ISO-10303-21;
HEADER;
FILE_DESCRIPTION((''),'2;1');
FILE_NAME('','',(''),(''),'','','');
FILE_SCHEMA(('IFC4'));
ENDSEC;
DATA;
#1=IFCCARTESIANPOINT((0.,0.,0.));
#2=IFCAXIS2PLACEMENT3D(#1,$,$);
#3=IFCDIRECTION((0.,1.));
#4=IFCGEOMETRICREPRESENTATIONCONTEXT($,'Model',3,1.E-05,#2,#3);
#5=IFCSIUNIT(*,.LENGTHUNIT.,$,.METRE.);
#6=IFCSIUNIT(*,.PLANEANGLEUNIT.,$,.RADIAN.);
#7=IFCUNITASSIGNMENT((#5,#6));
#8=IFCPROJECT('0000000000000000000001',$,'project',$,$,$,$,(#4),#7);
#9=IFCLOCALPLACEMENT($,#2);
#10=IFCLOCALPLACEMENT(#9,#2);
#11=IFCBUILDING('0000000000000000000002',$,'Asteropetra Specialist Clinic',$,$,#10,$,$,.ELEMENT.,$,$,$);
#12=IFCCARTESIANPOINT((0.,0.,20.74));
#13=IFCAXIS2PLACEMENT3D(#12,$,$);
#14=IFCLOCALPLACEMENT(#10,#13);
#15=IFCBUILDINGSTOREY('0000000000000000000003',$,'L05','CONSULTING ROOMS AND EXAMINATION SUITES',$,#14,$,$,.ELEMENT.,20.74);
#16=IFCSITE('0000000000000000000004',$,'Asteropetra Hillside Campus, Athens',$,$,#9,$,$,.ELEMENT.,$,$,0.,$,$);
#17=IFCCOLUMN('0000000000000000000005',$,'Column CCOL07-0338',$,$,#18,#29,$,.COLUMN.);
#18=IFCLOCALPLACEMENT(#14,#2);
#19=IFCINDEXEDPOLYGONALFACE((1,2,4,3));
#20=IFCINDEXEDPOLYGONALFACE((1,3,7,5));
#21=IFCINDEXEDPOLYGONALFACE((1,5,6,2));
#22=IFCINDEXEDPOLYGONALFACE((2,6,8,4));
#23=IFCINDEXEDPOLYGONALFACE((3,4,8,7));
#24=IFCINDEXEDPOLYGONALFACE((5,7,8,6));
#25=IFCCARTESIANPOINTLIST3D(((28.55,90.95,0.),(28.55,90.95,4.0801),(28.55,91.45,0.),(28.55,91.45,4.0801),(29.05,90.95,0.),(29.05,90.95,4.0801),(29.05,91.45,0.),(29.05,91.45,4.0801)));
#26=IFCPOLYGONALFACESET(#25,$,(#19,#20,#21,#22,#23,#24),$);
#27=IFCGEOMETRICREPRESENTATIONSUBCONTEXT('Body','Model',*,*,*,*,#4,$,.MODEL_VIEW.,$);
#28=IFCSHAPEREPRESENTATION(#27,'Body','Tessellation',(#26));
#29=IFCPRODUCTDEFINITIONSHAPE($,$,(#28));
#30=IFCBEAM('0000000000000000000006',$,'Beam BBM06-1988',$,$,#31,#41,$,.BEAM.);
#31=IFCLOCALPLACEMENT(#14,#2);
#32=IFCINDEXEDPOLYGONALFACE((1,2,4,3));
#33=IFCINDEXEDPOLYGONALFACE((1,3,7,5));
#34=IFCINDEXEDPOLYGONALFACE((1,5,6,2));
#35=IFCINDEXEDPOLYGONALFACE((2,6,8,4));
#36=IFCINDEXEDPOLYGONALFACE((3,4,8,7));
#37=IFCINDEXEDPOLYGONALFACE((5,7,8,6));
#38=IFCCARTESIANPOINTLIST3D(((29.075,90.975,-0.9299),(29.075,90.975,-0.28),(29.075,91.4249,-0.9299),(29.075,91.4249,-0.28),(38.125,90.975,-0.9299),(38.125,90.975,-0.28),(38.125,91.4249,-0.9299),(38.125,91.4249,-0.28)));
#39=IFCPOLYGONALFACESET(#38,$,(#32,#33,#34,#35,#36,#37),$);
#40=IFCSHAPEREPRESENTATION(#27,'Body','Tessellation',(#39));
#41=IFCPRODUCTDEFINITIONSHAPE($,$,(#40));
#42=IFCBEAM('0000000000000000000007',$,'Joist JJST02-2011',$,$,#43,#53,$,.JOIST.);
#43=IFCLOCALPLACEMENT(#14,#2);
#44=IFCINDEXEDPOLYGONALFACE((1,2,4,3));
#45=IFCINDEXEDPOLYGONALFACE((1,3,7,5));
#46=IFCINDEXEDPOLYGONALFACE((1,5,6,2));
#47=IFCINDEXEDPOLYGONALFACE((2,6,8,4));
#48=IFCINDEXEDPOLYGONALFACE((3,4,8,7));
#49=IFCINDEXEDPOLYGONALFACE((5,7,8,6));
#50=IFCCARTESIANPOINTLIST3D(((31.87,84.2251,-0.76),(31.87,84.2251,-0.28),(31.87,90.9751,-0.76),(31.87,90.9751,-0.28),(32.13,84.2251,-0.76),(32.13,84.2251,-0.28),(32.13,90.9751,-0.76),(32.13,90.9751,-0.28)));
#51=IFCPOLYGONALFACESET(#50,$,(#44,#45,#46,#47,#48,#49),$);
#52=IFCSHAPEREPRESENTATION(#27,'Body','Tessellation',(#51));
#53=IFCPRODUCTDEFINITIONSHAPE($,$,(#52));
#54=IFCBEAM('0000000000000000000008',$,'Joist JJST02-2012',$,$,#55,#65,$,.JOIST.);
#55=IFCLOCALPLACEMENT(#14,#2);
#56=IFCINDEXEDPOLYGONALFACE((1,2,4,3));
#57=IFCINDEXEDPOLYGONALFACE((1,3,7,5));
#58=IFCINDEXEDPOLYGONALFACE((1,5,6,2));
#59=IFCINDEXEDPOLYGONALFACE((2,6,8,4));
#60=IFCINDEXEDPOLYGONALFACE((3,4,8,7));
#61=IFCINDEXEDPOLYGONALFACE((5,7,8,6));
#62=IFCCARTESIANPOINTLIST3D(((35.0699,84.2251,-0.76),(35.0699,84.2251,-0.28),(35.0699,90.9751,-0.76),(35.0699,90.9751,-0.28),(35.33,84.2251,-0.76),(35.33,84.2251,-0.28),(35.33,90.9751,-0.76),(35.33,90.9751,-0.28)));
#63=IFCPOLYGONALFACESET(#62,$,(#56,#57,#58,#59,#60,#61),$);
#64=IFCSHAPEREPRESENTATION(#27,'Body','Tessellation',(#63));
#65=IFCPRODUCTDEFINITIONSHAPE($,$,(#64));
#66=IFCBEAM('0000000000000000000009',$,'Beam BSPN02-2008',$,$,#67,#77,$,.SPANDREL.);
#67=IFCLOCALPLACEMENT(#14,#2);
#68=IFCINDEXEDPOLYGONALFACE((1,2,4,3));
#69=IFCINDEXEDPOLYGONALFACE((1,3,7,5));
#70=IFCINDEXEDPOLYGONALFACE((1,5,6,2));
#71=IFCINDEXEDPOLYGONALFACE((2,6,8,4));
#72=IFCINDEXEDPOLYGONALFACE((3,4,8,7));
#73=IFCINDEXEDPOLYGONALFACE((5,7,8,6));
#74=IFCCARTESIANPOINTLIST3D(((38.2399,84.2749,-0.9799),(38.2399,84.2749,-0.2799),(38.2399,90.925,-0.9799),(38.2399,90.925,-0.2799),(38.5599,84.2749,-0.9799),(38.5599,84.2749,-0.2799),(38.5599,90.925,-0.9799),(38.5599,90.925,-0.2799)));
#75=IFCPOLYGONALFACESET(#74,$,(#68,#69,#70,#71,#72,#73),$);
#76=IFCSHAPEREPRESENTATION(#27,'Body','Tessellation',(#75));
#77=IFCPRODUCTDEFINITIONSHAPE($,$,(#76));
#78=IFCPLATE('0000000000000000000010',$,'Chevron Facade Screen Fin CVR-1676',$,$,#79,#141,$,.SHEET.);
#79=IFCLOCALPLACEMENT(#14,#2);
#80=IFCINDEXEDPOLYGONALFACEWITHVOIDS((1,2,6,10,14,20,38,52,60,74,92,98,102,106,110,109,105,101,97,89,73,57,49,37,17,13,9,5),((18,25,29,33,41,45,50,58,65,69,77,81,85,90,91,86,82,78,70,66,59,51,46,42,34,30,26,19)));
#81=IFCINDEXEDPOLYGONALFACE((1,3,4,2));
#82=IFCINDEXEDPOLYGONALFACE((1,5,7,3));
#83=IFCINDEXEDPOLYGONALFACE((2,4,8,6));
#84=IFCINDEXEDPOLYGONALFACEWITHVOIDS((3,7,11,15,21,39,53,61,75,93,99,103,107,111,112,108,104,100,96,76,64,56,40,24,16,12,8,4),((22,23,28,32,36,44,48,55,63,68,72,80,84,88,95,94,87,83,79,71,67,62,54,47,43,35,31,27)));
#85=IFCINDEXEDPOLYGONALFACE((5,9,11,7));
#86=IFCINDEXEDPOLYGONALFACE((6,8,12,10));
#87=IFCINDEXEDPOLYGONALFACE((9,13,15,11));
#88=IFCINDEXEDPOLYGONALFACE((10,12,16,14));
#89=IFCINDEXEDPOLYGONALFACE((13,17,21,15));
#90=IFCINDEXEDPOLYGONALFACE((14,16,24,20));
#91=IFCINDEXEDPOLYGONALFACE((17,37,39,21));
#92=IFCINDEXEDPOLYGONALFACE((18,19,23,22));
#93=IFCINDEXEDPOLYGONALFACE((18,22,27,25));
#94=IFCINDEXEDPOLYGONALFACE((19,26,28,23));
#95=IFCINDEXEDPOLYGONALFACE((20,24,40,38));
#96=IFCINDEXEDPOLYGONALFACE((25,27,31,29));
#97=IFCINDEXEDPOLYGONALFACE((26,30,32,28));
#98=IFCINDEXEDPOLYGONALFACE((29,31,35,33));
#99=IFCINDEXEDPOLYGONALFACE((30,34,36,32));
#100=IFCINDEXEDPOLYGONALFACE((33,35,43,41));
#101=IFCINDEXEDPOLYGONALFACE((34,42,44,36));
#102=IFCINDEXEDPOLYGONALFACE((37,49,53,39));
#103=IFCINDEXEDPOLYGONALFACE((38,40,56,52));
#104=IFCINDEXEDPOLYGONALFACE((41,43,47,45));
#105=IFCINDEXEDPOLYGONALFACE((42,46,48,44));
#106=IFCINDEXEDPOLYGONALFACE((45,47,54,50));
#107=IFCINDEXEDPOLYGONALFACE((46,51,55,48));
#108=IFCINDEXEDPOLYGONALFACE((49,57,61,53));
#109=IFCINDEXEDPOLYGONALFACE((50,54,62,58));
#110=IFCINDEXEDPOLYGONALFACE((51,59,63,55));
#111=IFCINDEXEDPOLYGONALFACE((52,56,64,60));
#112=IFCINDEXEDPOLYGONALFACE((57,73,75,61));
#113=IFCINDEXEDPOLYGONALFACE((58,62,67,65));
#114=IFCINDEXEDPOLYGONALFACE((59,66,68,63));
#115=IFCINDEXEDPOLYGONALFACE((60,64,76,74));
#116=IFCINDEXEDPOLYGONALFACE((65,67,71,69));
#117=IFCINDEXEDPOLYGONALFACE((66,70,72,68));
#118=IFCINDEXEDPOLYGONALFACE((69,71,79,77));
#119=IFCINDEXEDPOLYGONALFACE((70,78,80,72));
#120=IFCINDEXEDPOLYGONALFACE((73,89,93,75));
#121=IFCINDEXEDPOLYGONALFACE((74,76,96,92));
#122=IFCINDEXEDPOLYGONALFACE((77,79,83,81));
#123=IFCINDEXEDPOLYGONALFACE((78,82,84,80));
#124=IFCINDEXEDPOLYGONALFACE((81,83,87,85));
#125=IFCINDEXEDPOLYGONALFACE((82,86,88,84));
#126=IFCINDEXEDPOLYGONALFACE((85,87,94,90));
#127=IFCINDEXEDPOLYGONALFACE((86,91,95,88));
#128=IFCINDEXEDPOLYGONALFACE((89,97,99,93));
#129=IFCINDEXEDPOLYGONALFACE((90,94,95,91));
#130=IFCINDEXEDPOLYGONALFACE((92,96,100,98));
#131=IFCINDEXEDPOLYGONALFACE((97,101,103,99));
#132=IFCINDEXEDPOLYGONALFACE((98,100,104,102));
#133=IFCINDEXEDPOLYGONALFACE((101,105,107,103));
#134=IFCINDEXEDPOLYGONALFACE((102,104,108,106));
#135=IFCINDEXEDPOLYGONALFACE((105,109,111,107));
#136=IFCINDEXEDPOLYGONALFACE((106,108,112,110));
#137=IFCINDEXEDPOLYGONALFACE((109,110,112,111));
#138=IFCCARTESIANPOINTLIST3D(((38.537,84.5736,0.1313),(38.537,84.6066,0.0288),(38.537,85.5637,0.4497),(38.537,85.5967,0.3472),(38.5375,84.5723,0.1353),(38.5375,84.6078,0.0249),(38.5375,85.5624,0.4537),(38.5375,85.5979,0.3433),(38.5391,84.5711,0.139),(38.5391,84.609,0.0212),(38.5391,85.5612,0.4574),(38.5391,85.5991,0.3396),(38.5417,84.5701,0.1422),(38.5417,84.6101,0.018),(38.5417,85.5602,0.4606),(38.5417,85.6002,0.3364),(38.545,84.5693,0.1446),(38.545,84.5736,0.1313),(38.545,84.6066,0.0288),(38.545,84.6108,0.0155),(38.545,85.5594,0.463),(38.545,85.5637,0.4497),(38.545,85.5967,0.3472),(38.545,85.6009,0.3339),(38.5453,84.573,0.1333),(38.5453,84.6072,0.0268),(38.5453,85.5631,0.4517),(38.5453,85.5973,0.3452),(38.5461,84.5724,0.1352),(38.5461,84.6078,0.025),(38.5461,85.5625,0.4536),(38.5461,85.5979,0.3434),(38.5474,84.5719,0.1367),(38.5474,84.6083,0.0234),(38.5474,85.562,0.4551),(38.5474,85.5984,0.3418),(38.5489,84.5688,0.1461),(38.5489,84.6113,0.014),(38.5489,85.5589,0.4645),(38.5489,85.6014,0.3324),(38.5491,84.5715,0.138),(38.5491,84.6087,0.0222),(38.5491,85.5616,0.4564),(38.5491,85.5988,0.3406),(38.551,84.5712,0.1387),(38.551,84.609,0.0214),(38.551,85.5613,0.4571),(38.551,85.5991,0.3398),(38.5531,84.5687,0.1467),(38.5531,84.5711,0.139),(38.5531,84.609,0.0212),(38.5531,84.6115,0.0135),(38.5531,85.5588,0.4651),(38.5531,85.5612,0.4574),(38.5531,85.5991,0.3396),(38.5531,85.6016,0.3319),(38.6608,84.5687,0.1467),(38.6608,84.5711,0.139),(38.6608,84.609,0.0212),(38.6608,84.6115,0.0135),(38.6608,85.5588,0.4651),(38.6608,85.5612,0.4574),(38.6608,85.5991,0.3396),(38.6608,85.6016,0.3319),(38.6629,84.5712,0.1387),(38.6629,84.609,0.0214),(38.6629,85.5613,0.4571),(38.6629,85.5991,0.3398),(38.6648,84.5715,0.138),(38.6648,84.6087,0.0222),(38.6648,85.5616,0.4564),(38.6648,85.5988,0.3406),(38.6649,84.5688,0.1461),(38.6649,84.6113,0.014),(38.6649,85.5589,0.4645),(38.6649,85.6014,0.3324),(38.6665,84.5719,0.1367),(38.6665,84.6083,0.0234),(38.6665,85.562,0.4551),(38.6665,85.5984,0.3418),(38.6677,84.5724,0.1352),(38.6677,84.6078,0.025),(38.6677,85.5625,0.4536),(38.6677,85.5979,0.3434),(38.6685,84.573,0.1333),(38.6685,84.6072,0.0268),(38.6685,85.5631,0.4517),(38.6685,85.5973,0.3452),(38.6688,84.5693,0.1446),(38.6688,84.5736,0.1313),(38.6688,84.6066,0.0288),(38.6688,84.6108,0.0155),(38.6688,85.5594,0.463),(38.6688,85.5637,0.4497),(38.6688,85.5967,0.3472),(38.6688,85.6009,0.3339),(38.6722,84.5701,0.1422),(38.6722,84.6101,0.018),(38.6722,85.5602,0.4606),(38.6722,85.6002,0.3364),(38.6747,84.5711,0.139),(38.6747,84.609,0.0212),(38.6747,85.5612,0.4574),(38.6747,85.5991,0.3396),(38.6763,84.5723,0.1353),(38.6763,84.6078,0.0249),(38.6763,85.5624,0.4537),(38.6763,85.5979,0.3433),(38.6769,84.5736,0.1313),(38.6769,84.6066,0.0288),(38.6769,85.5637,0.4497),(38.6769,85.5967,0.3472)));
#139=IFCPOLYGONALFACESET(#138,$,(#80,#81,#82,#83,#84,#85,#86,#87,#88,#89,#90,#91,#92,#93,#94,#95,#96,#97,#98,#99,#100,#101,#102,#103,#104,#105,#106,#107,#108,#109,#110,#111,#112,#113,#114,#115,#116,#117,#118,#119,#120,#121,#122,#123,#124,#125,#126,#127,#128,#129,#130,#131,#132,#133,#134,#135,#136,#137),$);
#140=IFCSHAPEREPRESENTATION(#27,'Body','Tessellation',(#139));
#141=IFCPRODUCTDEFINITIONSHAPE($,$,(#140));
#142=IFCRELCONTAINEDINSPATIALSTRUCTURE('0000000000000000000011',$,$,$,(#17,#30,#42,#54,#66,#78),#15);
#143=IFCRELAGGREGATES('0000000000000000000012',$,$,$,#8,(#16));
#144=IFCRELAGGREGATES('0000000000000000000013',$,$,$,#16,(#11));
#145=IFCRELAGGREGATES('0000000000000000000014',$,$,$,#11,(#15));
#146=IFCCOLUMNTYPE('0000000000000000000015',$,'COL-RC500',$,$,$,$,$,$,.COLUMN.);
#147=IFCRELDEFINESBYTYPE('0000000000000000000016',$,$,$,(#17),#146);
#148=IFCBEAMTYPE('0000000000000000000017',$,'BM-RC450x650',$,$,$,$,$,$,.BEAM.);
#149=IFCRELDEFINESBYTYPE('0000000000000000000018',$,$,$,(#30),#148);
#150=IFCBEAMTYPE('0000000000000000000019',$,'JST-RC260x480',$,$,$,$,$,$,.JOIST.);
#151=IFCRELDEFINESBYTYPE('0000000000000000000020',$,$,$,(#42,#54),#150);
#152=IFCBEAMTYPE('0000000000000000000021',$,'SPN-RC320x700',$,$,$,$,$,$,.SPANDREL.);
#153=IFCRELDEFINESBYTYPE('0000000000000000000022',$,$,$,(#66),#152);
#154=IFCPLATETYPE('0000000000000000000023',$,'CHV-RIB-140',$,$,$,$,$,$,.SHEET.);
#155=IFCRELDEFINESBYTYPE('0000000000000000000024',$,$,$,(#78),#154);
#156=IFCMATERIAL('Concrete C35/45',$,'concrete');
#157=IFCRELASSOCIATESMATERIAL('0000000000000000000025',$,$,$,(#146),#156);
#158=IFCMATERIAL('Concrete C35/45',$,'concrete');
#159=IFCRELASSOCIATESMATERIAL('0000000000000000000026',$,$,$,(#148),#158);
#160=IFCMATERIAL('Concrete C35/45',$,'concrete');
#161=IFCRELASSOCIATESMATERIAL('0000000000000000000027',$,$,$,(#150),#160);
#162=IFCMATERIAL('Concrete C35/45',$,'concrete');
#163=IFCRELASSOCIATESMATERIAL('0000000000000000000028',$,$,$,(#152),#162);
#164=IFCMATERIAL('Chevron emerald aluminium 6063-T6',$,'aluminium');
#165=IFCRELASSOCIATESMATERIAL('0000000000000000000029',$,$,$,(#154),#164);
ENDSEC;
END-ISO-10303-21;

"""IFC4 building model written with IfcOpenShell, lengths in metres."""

from ifc_helpers import new_model, si_unit, direction, frame, origin, origin_2d, place, context, subcontext, project, spatial, rectangle, hollow_rectangle, extrude, material, material_profile, profile_set, type_object, element, save


model = new_model("IFC4")

# Units and contexts
model_context = context("Model", 3, precision=1e-05, world=origin(), true_north=direction((0.0, 1.0)))
body_context = subcontext(model_context, "Body", "Model", "MODEL_VIEW")
ifc_project = project(units=[si_unit("LENGTHUNIT", "METRE"), si_unit("PLANEANGLEUNIT", "RADIAN")], contexts=[model_context])

# Site, building, storey
site_placement = place(None, origin())
site = spatial("IfcSite", under=ifc_project, at=site_placement, Name="Asteropetra Hillside Campus, Athens", CompositionType="ELEMENT", RefElevation=0.0)
building_placement = place(site_placement, origin())
building = spatial("IfcBuilding", under=site, at=building_placement, Name="Asteropetra Specialist Clinic", CompositionType="ELEMENT")
storey_placement = place(building_placement, frame((0.0, 0.0, 20.74)))
storey = spatial("IfcBuildingStorey", under=building, at=storey_placement, Name="L05", Description="CONSULTING ROOMS AND EXAMINATION SUITES", CompositionType="ELEMENT", Elevation=20.74)

# Column
ifc_material_1 = material(Name="Concrete C35/45", Category="concrete")
ifc_material_profile_1 = material_profile(ifc_material_1, rectangle(XDim=0.5, YDim=0.5, at=origin_2d()), Name="RC 500x500")
ifc_profile_set_1 = profile_set([ifc_material_profile_1], Name="Concrete C35/45")
column_type = type_object("IfcColumnType", Name="COL-RC500", PredefinedType="COLUMN", material=ifc_profile_set_1)
column_placement = place(storey_placement, frame((28.8, 91.2, 0.0), z_axis=(0.0, 0.0, 1.0), x_axis=(1.0, 0.0, 0.0)))
element("IfcColumn", 1, at=column_placement, inside=storey, type_object=column_type, Name="Column CCOL07-0338", PredefinedType="COLUMN", context=body_context, shape_type="SweptSolid", body=[
    extrude(rectangle(XDim=0.5, YDim=0.5, at=origin_2d()), origin(), (0.0, 0.0, 1.0), 4.0801),
])

# Beams
ifc_material_2 = material(Name="Concrete C35/45", Category="concrete")
ifc_material_profile_2 = material_profile(ifc_material_2, rectangle(XDim=0.45, YDim=0.6499, at=origin_2d()), Name="RCB 450x650")
ifc_profile_set_2 = profile_set([ifc_material_profile_2], Name="Concrete C35/45")
beam_type_1 = type_object("IfcBeamType", Name="BM-RC450x650", PredefinedType="BEAM", material=ifc_profile_set_2)
beam_1_placement = place(storey_placement, frame((29.075, 91.2, -0.605), z_axis=(1.0, 0.0, 0.0), x_axis=(0.0, 1.0, 0.0)))
element("IfcBeam", 2, at=beam_1_placement, inside=storey, type_object=beam_type_1, Name="Beam BBM06-1988", PredefinedType="BEAM", context=body_context, shape_type="SweptSolid", body=[
    extrude(rectangle(XDim=0.45, YDim=0.6499, at=origin_2d()), origin(), (0.0, 0.0, 1.0), 9.05),
])
ifc_material_3 = material(Name="Concrete C35/45", Category="concrete")
ifc_material_profile_3 = material_profile(ifc_material_3, rectangle(XDim=0.26, YDim=0.48, at=origin_2d()), Name="RCJ 260x480")
ifc_profile_set_3 = profile_set([ifc_material_profile_3], Name="Concrete C35/45")
beam_type_2 = type_object("IfcBeamType", Name="JST-RC260x480", PredefinedType="JOIST", material=ifc_profile_set_3)
for number, where, z_axis, x_axis, name in (
    (3, (32.0, 84.2251, -0.52), (0.0, 1.0, 0.0), (-1.0, 0.0, 0.0), "Joist JJST02-2011"),
    (4, (35.2, 84.2251, -0.52), (0.0, 1.0, 0.0), (-1.0, 0.0, 0.0), "Joist JJST02-2012"),
):
    element("IfcBeam", number, at=place(storey_placement, frame(where, z_axis=z_axis, x_axis=x_axis)), inside=storey, type_object=beam_type_2, Name=name, PredefinedType="JOIST", context=body_context, shape_type="SweptSolid", body=[
        extrude(rectangle(XDim=0.26, YDim=0.48, at=origin_2d()), origin(), (0.0, 0.0, 1.0), 6.75),
    ])
ifc_material_4 = material(Name="Concrete C35/45", Category="concrete")
ifc_material_profile_4 = material_profile(ifc_material_4, rectangle(XDim=0.3201, YDim=0.7, at=origin_2d()), Name="RCS 320x700")
ifc_profile_set_4 = profile_set([ifc_material_profile_4], Name="Concrete C35/45")
beam_type_3 = type_object("IfcBeamType", Name="SPN-RC320x700", PredefinedType="SPANDREL", material=ifc_profile_set_4)
beam_2_placement = place(storey_placement, frame((38.3999, 84.2749, -0.6299), z_axis=(0.0, 1.0, 0.0), x_axis=(-1.0, 0.0, 0.0)))
element("IfcBeam", 5, at=beam_2_placement, inside=storey, type_object=beam_type_3, Name="Beam BSPN02-2008", PredefinedType="SPANDREL", context=body_context, shape_type="SweptSolid", body=[
    extrude(rectangle(XDim=0.3201, YDim=0.7, at=origin_2d()), origin(), (0.0, 0.0, 1.0), 6.6501),
])

# Plate
ifc_material_5 = material(Name="Chevron emerald aluminium 6063-T6", Category="aluminium")
ifc_material_profile_5 = material_profile(ifc_material_5, hollow_rectangle(XDim=0.1399, YDim=0.1399, WallThickness=0.0081, InnerFilletRadius=0.0081, OuterFilletRadius=0.0161, at=origin_2d()), Name="SHS 140x140x8.0")
ifc_profile_set_5 = profile_set([ifc_material_profile_5], Name="Chevron emerald aluminium 6063-T6")
plate_type = type_object("IfcPlateType", Name="CHV-RIB-140", PredefinedType="SHEET", material=ifc_profile_set_5)
for number, where, z_axis, x_axis, name in (
    (6, (38.6069, 84.5901, 0.0801), (0.0, 0.951987, 0.306138), (-1.0, 0.0, 0.0), "Chevron Facade Screen Fin CVR-1676"),
):
    element("IfcPlate", number, at=place(storey_placement, frame(where, z_axis=z_axis, x_axis=x_axis)), inside=storey, type_object=plate_type, Name=name, PredefinedType="SHEET", context=body_context, shape_type="SweptSolid", body=[
        extrude(hollow_rectangle(XDim=0.1399, YDim=0.1399, WallThickness=0.0081, InnerFilletRadius=0.0081, OuterFilletRadius=0.0161, at=origin_2d()), origin(), (0.0, 0.0, 1.0), 1.04),
    ])

save(model, "model.ifc")
